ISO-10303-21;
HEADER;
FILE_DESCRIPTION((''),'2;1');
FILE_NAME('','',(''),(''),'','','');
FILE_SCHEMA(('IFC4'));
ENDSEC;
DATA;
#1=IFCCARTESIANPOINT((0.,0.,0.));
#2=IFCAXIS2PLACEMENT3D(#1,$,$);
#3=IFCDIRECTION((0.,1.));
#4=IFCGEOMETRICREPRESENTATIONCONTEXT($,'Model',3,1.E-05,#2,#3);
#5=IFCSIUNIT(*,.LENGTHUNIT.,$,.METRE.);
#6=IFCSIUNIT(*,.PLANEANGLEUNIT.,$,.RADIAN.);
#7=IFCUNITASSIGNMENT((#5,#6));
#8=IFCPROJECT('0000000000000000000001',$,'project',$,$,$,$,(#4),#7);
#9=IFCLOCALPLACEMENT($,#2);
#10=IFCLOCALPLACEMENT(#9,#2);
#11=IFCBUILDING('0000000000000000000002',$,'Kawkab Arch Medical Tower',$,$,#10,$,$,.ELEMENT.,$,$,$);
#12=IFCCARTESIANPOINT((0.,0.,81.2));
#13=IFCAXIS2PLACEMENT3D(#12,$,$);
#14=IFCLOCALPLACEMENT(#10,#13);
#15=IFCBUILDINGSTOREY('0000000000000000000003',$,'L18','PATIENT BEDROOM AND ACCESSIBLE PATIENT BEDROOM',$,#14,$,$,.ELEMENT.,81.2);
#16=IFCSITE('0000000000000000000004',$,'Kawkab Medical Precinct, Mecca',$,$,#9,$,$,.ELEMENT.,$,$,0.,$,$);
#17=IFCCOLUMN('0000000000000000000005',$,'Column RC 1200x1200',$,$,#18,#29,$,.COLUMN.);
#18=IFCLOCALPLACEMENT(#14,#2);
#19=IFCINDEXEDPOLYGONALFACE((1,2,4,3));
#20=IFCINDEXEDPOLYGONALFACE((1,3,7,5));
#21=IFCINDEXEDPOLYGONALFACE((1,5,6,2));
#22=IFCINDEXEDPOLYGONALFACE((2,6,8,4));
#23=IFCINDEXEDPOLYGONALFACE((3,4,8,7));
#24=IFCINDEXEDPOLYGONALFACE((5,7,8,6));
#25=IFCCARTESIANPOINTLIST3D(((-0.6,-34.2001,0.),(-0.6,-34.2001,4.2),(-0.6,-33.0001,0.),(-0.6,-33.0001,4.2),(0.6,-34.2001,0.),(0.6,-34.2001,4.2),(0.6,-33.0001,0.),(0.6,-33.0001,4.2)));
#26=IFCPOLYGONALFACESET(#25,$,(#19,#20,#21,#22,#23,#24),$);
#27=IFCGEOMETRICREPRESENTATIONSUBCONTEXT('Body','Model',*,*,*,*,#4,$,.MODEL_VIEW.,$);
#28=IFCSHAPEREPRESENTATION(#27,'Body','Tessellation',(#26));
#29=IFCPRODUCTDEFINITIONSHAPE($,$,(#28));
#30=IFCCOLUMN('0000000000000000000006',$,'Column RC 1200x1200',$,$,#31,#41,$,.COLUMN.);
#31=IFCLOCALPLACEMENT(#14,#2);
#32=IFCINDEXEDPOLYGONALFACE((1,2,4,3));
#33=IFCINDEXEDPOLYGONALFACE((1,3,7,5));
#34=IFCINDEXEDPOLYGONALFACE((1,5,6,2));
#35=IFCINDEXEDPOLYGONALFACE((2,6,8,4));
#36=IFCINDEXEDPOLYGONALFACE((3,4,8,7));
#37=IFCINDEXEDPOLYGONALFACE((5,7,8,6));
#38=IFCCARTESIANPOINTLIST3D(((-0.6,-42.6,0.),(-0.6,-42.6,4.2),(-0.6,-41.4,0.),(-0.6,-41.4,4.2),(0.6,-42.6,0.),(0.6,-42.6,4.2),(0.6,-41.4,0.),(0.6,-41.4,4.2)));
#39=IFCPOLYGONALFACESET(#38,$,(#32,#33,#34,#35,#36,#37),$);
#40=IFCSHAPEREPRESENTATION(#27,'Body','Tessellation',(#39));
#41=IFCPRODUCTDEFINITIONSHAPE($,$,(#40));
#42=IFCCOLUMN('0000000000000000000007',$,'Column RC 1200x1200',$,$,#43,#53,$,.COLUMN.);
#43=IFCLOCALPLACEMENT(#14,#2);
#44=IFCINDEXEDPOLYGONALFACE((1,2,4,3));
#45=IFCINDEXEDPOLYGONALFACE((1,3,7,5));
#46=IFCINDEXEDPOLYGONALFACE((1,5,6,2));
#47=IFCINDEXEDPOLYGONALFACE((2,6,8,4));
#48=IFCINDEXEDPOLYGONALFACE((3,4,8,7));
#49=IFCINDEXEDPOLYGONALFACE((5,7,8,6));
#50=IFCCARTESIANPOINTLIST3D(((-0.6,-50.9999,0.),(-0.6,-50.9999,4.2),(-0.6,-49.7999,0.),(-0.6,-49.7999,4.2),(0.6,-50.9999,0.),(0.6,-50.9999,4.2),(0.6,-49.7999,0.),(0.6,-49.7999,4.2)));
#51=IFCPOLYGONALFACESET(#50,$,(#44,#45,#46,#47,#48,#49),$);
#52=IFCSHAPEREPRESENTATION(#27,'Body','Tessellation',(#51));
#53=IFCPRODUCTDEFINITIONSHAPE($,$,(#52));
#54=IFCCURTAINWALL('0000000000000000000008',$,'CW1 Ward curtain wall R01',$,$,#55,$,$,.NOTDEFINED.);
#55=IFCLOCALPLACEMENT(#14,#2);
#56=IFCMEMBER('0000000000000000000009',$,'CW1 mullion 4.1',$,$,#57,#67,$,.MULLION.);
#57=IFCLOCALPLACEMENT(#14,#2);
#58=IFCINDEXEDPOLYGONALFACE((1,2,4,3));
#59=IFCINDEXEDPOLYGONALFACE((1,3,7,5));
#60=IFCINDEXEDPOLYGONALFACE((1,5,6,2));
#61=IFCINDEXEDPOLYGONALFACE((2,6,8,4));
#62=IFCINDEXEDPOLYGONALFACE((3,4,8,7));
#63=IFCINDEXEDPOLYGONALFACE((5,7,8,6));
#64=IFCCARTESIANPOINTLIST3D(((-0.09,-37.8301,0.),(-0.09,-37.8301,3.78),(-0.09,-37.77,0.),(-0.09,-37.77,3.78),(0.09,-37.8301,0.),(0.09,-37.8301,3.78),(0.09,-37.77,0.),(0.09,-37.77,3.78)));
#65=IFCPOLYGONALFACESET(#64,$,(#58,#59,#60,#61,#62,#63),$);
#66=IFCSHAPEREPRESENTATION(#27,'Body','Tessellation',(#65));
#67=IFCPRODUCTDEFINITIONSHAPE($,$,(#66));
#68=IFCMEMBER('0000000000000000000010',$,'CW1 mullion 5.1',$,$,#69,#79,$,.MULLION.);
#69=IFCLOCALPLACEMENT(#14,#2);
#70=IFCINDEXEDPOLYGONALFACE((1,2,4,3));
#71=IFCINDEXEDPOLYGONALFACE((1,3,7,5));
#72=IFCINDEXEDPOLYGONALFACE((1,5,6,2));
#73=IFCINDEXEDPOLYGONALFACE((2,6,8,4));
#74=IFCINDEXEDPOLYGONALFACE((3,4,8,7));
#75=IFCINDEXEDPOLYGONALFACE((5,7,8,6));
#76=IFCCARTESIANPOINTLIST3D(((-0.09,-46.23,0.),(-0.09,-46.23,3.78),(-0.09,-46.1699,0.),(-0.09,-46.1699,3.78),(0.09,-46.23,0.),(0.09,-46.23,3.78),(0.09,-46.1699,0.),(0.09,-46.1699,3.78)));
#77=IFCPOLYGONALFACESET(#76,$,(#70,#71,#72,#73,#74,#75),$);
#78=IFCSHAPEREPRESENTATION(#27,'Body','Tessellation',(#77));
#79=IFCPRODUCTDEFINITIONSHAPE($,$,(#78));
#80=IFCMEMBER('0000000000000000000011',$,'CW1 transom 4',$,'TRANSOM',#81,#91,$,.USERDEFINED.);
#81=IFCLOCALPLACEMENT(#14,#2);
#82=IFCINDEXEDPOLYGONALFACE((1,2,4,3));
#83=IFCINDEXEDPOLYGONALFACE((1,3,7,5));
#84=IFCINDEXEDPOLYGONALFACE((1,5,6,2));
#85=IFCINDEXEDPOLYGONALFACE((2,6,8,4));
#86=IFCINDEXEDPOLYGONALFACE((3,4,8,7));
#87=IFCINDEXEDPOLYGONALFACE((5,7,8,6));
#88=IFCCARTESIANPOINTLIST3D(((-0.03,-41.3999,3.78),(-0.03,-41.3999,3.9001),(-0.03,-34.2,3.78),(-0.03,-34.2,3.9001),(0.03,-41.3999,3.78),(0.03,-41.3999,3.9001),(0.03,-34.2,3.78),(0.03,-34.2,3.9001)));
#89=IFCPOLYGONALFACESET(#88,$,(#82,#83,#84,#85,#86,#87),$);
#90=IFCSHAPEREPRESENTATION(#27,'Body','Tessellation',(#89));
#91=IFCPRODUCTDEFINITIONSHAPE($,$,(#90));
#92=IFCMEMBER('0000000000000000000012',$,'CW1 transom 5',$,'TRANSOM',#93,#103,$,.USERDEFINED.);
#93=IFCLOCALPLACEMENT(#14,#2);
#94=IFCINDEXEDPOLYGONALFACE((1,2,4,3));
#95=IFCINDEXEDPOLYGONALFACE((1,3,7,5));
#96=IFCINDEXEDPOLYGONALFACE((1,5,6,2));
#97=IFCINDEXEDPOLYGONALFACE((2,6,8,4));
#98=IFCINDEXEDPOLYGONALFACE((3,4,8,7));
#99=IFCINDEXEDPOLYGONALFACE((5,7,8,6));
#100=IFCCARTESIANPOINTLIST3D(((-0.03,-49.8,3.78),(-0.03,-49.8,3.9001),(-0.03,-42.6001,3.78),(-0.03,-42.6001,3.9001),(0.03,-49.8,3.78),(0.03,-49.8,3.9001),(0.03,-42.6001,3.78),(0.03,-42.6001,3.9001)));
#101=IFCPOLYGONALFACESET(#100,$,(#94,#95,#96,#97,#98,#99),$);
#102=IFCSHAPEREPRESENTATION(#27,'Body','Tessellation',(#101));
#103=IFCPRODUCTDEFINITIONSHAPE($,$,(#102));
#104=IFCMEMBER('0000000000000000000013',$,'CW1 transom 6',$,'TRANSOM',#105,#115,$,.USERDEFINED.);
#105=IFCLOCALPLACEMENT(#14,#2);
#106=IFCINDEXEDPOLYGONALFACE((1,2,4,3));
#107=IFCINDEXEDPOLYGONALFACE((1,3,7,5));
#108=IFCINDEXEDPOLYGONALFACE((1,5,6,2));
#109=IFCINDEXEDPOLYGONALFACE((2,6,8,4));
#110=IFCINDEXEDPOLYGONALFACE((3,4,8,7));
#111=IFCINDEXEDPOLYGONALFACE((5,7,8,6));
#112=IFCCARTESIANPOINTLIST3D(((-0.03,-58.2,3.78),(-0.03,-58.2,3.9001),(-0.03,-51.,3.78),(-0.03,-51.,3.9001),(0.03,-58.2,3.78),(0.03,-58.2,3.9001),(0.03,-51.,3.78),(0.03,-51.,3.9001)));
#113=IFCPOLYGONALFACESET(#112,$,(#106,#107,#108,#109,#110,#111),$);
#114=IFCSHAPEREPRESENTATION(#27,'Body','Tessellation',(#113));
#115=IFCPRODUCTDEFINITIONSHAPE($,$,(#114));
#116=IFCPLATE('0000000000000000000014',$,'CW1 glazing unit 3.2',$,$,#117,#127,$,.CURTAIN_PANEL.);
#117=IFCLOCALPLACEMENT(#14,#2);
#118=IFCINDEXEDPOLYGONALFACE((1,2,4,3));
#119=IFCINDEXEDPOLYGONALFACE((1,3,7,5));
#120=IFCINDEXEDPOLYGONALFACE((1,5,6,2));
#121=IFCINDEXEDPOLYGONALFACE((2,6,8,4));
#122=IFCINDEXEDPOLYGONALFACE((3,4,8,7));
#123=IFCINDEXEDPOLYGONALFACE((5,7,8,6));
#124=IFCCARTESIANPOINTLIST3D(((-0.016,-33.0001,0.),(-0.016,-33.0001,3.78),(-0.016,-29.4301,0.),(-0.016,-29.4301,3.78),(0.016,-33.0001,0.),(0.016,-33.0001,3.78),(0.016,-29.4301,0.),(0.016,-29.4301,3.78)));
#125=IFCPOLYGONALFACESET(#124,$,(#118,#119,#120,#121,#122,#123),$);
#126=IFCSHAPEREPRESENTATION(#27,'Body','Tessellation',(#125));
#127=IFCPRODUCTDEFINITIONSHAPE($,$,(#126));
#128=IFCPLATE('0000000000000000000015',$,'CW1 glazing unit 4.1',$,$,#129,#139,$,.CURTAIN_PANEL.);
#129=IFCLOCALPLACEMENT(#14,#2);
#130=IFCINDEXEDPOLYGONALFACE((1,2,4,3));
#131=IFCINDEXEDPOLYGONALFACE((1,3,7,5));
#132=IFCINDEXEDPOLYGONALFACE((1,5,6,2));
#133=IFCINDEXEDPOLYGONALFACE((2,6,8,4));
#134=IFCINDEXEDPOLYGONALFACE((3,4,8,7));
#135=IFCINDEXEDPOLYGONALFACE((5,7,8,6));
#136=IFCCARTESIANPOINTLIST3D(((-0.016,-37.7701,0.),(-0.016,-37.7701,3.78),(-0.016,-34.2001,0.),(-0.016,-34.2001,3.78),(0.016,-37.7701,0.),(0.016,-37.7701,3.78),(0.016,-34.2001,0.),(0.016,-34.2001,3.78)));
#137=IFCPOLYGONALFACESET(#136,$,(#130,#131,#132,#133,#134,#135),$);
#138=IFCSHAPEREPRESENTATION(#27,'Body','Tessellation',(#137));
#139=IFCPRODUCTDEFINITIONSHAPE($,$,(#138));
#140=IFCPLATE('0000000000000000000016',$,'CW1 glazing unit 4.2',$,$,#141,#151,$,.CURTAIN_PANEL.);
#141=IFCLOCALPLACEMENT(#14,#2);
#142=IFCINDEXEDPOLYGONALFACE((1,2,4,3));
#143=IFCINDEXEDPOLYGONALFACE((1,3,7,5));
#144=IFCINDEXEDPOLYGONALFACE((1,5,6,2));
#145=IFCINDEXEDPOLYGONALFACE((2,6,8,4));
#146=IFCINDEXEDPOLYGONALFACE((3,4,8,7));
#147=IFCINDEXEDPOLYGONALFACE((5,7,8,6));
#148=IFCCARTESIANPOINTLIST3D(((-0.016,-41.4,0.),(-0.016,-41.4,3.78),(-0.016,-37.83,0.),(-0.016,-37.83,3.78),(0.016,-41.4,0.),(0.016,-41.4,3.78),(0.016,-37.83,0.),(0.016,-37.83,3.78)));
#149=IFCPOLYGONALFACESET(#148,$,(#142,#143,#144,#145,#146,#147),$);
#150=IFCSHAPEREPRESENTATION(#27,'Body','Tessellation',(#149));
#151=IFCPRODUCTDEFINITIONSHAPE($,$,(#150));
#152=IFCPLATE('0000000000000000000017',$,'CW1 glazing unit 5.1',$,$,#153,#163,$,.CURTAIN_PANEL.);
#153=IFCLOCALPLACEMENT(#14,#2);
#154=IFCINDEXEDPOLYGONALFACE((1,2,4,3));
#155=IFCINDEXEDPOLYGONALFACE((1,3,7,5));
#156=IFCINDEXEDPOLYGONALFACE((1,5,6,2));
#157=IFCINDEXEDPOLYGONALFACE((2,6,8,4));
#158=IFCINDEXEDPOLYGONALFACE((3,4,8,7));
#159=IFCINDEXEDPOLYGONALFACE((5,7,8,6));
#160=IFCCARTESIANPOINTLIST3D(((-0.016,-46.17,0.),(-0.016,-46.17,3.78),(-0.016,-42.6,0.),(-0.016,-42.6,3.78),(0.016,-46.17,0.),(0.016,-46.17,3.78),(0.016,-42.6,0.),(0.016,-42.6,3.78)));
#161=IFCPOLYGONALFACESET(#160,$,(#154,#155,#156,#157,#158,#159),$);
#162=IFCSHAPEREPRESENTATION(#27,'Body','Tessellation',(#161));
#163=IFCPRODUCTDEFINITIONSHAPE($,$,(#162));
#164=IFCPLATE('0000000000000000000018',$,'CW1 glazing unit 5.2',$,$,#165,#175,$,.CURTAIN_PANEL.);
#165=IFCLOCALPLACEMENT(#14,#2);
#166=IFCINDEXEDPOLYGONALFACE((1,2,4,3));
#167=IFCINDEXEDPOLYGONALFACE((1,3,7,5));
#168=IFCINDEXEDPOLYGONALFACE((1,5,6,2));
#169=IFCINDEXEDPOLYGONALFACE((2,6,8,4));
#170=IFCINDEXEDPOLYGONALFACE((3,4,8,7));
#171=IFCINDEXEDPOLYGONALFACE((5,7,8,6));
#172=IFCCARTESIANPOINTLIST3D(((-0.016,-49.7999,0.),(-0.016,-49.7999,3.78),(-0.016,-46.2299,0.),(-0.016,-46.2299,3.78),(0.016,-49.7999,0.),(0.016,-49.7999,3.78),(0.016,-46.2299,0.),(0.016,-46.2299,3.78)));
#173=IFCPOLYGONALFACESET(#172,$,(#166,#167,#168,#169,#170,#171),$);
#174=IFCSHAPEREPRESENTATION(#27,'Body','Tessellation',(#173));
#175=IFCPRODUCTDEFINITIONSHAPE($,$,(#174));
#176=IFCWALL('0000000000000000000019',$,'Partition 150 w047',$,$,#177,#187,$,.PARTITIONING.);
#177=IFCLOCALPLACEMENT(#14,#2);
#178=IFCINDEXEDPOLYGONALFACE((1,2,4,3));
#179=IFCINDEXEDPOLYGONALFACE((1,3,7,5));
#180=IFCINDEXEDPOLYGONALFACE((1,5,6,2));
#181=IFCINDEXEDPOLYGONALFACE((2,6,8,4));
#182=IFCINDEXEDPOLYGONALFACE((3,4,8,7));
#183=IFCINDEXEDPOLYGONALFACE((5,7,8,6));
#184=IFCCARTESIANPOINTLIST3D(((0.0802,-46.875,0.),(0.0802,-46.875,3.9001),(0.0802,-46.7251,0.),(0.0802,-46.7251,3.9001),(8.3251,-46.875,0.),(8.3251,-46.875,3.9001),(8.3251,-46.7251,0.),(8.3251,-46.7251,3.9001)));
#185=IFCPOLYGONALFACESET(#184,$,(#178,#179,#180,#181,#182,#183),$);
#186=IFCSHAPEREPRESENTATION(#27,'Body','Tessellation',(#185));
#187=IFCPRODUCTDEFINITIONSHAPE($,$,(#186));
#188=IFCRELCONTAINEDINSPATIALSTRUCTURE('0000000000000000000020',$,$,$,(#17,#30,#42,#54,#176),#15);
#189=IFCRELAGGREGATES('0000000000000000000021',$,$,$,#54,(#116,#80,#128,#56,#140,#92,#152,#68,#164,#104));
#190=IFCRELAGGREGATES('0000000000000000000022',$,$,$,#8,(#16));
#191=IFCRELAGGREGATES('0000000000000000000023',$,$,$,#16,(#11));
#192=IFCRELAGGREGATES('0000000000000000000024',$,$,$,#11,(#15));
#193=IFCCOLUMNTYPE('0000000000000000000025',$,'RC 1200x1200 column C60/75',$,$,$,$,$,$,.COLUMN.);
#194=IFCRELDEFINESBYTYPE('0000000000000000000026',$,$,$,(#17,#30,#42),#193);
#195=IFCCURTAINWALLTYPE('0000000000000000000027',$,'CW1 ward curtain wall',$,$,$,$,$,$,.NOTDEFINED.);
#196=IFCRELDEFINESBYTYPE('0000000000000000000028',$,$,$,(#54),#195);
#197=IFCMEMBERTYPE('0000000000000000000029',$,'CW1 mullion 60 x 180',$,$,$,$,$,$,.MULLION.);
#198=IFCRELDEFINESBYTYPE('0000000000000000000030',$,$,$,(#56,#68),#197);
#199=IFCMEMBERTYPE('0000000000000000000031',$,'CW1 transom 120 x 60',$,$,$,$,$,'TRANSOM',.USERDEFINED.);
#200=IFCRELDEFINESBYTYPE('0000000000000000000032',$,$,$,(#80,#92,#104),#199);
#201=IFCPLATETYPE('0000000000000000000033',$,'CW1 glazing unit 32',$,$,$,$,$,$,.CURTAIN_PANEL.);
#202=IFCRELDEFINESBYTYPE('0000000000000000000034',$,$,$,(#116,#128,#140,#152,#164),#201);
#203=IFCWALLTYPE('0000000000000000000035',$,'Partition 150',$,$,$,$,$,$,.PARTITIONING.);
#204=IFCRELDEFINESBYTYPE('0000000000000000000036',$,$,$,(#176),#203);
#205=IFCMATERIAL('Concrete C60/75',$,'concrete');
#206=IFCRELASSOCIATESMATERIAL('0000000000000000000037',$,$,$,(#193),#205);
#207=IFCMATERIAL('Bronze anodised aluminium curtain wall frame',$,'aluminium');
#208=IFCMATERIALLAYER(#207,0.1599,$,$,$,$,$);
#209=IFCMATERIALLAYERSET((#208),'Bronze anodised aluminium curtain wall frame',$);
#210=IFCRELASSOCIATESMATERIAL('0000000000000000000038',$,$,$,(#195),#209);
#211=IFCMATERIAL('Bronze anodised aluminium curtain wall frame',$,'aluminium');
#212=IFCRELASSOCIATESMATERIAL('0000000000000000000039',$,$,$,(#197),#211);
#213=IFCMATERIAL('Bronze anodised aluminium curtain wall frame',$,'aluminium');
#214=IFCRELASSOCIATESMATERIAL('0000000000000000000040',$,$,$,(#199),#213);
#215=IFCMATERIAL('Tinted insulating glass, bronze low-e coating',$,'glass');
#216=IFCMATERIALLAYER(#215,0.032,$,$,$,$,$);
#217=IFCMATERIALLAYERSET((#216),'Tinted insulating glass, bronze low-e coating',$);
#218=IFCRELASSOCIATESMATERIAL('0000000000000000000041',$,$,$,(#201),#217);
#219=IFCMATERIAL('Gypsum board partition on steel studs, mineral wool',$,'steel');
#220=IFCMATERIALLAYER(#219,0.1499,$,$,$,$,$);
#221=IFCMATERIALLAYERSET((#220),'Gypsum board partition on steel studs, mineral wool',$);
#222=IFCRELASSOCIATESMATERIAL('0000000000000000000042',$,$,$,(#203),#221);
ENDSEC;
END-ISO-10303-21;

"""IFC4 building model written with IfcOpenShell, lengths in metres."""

from ifc_helpers import new_model, si_unit, direction, frame, frame_2d, origin, origin_2d, place, context, subcontext, project, spatial, rectangle, extrude, material, layer, layer_set, material_profile, profile_set, type_object, element, aggregate, save


model = new_model("IFC4")

# Units and contexts
model_context = context("Model", 3, precision=1e-05, world=origin(), true_north=direction((0.0, 1.0)))
body_context = subcontext(model_context, "Body", "Model", "MODEL_VIEW")
ifc_project = project(units=[si_unit("LENGTHUNIT", "METRE"), si_unit("PLANEANGLEUNIT", "RADIAN")], contexts=[model_context])

# Site, building, storey
site_placement = place(None, origin())
site = spatial("IfcSite", under=ifc_project, at=site_placement, Name="Kawkab Medical Precinct, Mecca", CompositionType="ELEMENT", RefElevation=0.0)
building_placement = place(site_placement, origin())
building = spatial("IfcBuilding", under=site, at=building_placement, Name="Kawkab Arch Medical Tower", CompositionType="ELEMENT")
storey_placement = place(building_placement, frame((0.0, 0.0, 81.2)))
storey = spatial("IfcBuildingStorey", under=building, at=storey_placement, Name="L18", Description="PATIENT BEDROOM AND ACCESSIBLE PATIENT BEDROOM", CompositionType="ELEMENT", Elevation=81.2)

# Columns
ifc_material_1 = material(Name="Concrete C60/75", Category="concrete")
ifc_material_profile_1 = material_profile(ifc_material_1, rectangle(XDim=1.2, YDim=1.2, at=origin_2d()), Name="RC 1200x1200")
ifc_profile_set_1 = profile_set([ifc_material_profile_1], Name="Concrete C60/75")
column_type = type_object("IfcColumnType", Name="RC 1200x1200 column C60/75", PredefinedType="COLUMN", material=ifc_profile_set_1)
for number, where, z_axis, x_axis, name in (
    (1, (0.0, -33.6001, 0.0), (0.0, 0.0, 1.0), (1.0, 0.0, 0.0), "Column RC 1200x1200"),
    (2, (0.0, -42.0, 0.0), (0.0, 0.0, 1.0), (1.0, 0.0, 0.0), "Column RC 1200x1200"),
    (3, (0.0, -50.3999, 0.0), (0.0, 0.0, 1.0), (1.0, 0.0, 0.0), "Column RC 1200x1200"),
):
    element("IfcColumn", number, at=place(storey_placement, frame(where, z_axis=z_axis, x_axis=x_axis)), inside=storey, type_object=column_type, Name=name, PredefinedType="COLUMN", context=body_context, shape_type="SweptSolid", body=[
        extrude(rectangle(XDim=1.2, YDim=1.2, at=origin_2d()), origin(), (0.0, 0.0, 1.0), 4.2),
    ])

# Curtain wall, members, plates
ifc_material_2 = material(Name="Bronze anodised aluminium curtain wall frame", Category="aluminium")
ifc_layer_1 = layer(ifc_material_2, 0.1599)
ifc_layer_set_1 = layer_set([ifc_layer_1], Name="Bronze anodised aluminium curtain wall frame")
curtain_wall_type = type_object("IfcCurtainWallType", Name="CW1 ward curtain wall", PredefinedType="NOTDEFINED", material=ifc_layer_set_1)
placement = place(storey_placement, origin())
curtain_wall = element("IfcCurtainWall", 4, at=placement, inside=storey, type_object=curtain_wall_type, Name="CW1 Ward curtain wall R01", PredefinedType="NOTDEFINED")
ifc_material_3 = material(Name="Bronze anodised aluminium curtain wall frame", Category="aluminium")
ifc_material_profile_2 = material_profile(ifc_material_3, rectangle(XDim=0.1799, YDim=0.0601, at=origin_2d()), Name="AL 60x180")
ifc_profile_set_2 = profile_set([ifc_material_profile_2], Name="Bronze anodised aluminium curtain wall frame")
member_type_1 = type_object("IfcMemberType", Name="CW1 mullion 60 x 180", PredefinedType="MULLION", material=ifc_profile_set_2)
member_1_placement = place(storey_placement, frame((0.0, -37.8, 0.0), z_axis=(0.0, 0.0, 1.0), x_axis=(1.0, 0.0, 0.0)))
member_1 = element("IfcMember", 5, at=member_1_placement, type_object=member_type_1, Name="CW1 mullion 4.1", PredefinedType="MULLION", context=body_context, shape_type="SweptSolid", body=[
    extrude(rectangle(XDim=0.1799, YDim=0.0601, at=origin_2d()), origin(), (0.0, 0.0, 1.0), 3.78),
])
member_2_placement = place(storey_placement, frame((0.0, -46.2, 0.0), z_axis=(0.0, 0.0, 1.0), x_axis=(1.0, 0.0, 0.0)))
member_2 = element("IfcMember", 6, at=member_2_placement, type_object=member_type_1, Name="CW1 mullion 5.1", PredefinedType="MULLION", context=body_context, shape_type="SweptSolid", body=[
    extrude(rectangle(XDim=0.1799, YDim=0.0601, at=origin_2d()), origin(), (0.0, 0.0, 1.0), 3.78),
])
ifc_material_4 = material(Name="Bronze anodised aluminium curtain wall frame", Category="aluminium")
ifc_material_profile_3 = material_profile(ifc_material_4, rectangle(XDim=0.0601, YDim=0.1201, at=origin_2d()), Name="AL 60x120")
ifc_profile_set_3 = profile_set([ifc_material_profile_3], Name="Bronze anodised aluminium curtain wall frame")
member_type_2 = type_object("IfcMemberType", Name="CW1 transom 120 x 60", ElementType="TRANSOM", PredefinedType="USERDEFINED", material=ifc_profile_set_3)
member_3_placement = place(storey_placement, frame((0.0, -34.2, 3.8401), z_axis=(0.0, -1.0, 0.0), x_axis=(1.0, 0.0, 0.0)))
member_3 = element("IfcMember", 7, at=member_3_placement, type_object=member_type_2, Name="CW1 transom 4", ObjectType="TRANSOM", PredefinedType="USERDEFINED", context=body_context, shape_type="SweptSolid", body=[
    extrude(rectangle(XDim=0.0601, YDim=0.1201, at=origin_2d()), origin(), (0.0, 0.0, 1.0), 7.2),
])
member_4_placement = place(storey_placement, frame((0.0, -42.6001, 3.8401), z_axis=(0.0, -1.0, 0.0), x_axis=(1.0, 0.0, 0.0)))
member_4 = element("IfcMember", 8, at=member_4_placement, type_object=member_type_2, Name="CW1 transom 5", ObjectType="TRANSOM", PredefinedType="USERDEFINED", context=body_context, shape_type="SweptSolid", body=[
    extrude(rectangle(XDim=0.0601, YDim=0.1201, at=origin_2d()), origin(), (0.0, 0.0, 1.0), 7.2),
])
member_5_placement = place(storey_placement, frame((0.0, -51.0, 3.8401), z_axis=(0.0, -1.0, 0.0), x_axis=(1.0, 0.0, 0.0)))
member_5 = element("IfcMember", 9, at=member_5_placement, type_object=member_type_2, Name="CW1 transom 6", ObjectType="TRANSOM", PredefinedType="USERDEFINED", context=body_context, shape_type="SweptSolid", body=[
    extrude(rectangle(XDim=0.0601, YDim=0.1201, at=origin_2d()), origin(), (0.0, 0.0, 1.0), 7.2),
])
ifc_material_5 = material(Name="Tinted insulating glass, bronze low-e coating", Category="glass")
ifc_layer_2 = layer(ifc_material_5, 0.032)
ifc_layer_set_2 = layer_set([ifc_layer_2], Name="Tinted insulating glass, bronze low-e coating")
plate_type = type_object("IfcPlateType", Name="CW1 glazing unit 32", PredefinedType="CURTAIN_PANEL", material=ifc_layer_set_2)
plate_1_placement = place(storey_placement, frame((0.0, -31.2151, 0.0), z_axis=(0.0, 0.0, 1.0), x_axis=(0.0, -1.0, 0.0)))
plate_1 = element("IfcPlate", 10, at=plate_1_placement, type_object=plate_type, Name="CW1 glazing unit 3.2", PredefinedType="CURTAIN_PANEL", context=body_context, shape_type="SweptSolid", body=[
    extrude(rectangle(XDim=3.5701, YDim=0.032, at=origin_2d()), origin(), (0.0, 0.0, 1.0), 3.78),
])
plate_2_placement = place(storey_placement, frame((0.0, -35.9851, 0.0), z_axis=(0.0, 0.0, 1.0), x_axis=(0.0, -1.0, 0.0)))
plate_2 = element("IfcPlate", 11, at=plate_2_placement, type_object=plate_type, Name="CW1 glazing unit 4.1", PredefinedType="CURTAIN_PANEL", context=body_context, shape_type="SweptSolid", body=[
    extrude(rectangle(XDim=3.5701, YDim=0.032, at=origin_2d()), origin(), (0.0, 0.0, 1.0), 3.78),
])
plate_3_placement = place(storey_placement, frame((0.0, -39.615, 0.0), z_axis=(0.0, 0.0, 1.0), x_axis=(0.0, -1.0, 0.0)))
plate_3 = element("IfcPlate", 12, at=plate_3_placement, type_object=plate_type, Name="CW1 glazing unit 4.2", PredefinedType="CURTAIN_PANEL", context=body_context, shape_type="SweptSolid", body=[
    extrude(rectangle(XDim=3.5701, YDim=0.032, at=origin_2d()), origin(), (0.0, 0.0, 1.0), 3.78),
])
plate_4_placement = place(storey_placement, frame((0.0, -44.385, 0.0), z_axis=(0.0, 0.0, 1.0), x_axis=(0.0, -1.0, 0.0)))
plate_4 = element("IfcPlate", 13, at=plate_4_placement, type_object=plate_type, Name="CW1 glazing unit 5.1", PredefinedType="CURTAIN_PANEL", context=body_context, shape_type="SweptSolid", body=[
    extrude(rectangle(XDim=3.5701, YDim=0.032, at=origin_2d()), origin(), (0.0, 0.0, 1.0), 3.78),
])
plate_5_placement = place(storey_placement, frame((0.0, -48.0149, 0.0), z_axis=(0.0, 0.0, 1.0), x_axis=(0.0, -1.0, 0.0)))
plate_5 = element("IfcPlate", 14, at=plate_5_placement, type_object=plate_type, Name="CW1 glazing unit 5.2", PredefinedType="CURTAIN_PANEL", context=body_context, shape_type="SweptSolid", body=[
    extrude(rectangle(XDim=3.5701, YDim=0.032, at=origin_2d()), origin(), (0.0, 0.0, 1.0), 3.78),
])
aggregate(curtain_wall, [plate_1, member_3, plate_2, member_1, plate_3, member_4, plate_4, member_2, plate_5, member_5])

# Wall
ifc_material_6 = material(Name="Gypsum board partition on steel studs, mineral wool", Category="steel")
ifc_layer_3 = layer(ifc_material_6, 0.1499)
ifc_layer_set_3 = layer_set([ifc_layer_3], Name="Gypsum board partition on steel studs, mineral wool")
wall_type_1 = type_object("IfcWallType", Name="Partition 150", PredefinedType="PARTITIONING", material=ifc_layer_set_3)
wall_1_placement = place(storey_placement, frame((0.0801, -46.8, 0.0), z_axis=(0.0, 0.0, 1.0), x_axis=(1.0, 0.0, 0.0)))
element("IfcWall", 15, at=wall_1_placement, inside=storey, type_object=wall_type_1, Name="Partition 150 w047", PredefinedType="PARTITIONING", context=body_context, shape_type="SweptSolid", body=[
    extrude(rectangle(XDim=8.2449, YDim=0.1499, at=frame_2d((4.1226, 0.0))), origin(), (0.0, 0.0, 1.0), 3.9001),
])

save(model, "model.ifc")
